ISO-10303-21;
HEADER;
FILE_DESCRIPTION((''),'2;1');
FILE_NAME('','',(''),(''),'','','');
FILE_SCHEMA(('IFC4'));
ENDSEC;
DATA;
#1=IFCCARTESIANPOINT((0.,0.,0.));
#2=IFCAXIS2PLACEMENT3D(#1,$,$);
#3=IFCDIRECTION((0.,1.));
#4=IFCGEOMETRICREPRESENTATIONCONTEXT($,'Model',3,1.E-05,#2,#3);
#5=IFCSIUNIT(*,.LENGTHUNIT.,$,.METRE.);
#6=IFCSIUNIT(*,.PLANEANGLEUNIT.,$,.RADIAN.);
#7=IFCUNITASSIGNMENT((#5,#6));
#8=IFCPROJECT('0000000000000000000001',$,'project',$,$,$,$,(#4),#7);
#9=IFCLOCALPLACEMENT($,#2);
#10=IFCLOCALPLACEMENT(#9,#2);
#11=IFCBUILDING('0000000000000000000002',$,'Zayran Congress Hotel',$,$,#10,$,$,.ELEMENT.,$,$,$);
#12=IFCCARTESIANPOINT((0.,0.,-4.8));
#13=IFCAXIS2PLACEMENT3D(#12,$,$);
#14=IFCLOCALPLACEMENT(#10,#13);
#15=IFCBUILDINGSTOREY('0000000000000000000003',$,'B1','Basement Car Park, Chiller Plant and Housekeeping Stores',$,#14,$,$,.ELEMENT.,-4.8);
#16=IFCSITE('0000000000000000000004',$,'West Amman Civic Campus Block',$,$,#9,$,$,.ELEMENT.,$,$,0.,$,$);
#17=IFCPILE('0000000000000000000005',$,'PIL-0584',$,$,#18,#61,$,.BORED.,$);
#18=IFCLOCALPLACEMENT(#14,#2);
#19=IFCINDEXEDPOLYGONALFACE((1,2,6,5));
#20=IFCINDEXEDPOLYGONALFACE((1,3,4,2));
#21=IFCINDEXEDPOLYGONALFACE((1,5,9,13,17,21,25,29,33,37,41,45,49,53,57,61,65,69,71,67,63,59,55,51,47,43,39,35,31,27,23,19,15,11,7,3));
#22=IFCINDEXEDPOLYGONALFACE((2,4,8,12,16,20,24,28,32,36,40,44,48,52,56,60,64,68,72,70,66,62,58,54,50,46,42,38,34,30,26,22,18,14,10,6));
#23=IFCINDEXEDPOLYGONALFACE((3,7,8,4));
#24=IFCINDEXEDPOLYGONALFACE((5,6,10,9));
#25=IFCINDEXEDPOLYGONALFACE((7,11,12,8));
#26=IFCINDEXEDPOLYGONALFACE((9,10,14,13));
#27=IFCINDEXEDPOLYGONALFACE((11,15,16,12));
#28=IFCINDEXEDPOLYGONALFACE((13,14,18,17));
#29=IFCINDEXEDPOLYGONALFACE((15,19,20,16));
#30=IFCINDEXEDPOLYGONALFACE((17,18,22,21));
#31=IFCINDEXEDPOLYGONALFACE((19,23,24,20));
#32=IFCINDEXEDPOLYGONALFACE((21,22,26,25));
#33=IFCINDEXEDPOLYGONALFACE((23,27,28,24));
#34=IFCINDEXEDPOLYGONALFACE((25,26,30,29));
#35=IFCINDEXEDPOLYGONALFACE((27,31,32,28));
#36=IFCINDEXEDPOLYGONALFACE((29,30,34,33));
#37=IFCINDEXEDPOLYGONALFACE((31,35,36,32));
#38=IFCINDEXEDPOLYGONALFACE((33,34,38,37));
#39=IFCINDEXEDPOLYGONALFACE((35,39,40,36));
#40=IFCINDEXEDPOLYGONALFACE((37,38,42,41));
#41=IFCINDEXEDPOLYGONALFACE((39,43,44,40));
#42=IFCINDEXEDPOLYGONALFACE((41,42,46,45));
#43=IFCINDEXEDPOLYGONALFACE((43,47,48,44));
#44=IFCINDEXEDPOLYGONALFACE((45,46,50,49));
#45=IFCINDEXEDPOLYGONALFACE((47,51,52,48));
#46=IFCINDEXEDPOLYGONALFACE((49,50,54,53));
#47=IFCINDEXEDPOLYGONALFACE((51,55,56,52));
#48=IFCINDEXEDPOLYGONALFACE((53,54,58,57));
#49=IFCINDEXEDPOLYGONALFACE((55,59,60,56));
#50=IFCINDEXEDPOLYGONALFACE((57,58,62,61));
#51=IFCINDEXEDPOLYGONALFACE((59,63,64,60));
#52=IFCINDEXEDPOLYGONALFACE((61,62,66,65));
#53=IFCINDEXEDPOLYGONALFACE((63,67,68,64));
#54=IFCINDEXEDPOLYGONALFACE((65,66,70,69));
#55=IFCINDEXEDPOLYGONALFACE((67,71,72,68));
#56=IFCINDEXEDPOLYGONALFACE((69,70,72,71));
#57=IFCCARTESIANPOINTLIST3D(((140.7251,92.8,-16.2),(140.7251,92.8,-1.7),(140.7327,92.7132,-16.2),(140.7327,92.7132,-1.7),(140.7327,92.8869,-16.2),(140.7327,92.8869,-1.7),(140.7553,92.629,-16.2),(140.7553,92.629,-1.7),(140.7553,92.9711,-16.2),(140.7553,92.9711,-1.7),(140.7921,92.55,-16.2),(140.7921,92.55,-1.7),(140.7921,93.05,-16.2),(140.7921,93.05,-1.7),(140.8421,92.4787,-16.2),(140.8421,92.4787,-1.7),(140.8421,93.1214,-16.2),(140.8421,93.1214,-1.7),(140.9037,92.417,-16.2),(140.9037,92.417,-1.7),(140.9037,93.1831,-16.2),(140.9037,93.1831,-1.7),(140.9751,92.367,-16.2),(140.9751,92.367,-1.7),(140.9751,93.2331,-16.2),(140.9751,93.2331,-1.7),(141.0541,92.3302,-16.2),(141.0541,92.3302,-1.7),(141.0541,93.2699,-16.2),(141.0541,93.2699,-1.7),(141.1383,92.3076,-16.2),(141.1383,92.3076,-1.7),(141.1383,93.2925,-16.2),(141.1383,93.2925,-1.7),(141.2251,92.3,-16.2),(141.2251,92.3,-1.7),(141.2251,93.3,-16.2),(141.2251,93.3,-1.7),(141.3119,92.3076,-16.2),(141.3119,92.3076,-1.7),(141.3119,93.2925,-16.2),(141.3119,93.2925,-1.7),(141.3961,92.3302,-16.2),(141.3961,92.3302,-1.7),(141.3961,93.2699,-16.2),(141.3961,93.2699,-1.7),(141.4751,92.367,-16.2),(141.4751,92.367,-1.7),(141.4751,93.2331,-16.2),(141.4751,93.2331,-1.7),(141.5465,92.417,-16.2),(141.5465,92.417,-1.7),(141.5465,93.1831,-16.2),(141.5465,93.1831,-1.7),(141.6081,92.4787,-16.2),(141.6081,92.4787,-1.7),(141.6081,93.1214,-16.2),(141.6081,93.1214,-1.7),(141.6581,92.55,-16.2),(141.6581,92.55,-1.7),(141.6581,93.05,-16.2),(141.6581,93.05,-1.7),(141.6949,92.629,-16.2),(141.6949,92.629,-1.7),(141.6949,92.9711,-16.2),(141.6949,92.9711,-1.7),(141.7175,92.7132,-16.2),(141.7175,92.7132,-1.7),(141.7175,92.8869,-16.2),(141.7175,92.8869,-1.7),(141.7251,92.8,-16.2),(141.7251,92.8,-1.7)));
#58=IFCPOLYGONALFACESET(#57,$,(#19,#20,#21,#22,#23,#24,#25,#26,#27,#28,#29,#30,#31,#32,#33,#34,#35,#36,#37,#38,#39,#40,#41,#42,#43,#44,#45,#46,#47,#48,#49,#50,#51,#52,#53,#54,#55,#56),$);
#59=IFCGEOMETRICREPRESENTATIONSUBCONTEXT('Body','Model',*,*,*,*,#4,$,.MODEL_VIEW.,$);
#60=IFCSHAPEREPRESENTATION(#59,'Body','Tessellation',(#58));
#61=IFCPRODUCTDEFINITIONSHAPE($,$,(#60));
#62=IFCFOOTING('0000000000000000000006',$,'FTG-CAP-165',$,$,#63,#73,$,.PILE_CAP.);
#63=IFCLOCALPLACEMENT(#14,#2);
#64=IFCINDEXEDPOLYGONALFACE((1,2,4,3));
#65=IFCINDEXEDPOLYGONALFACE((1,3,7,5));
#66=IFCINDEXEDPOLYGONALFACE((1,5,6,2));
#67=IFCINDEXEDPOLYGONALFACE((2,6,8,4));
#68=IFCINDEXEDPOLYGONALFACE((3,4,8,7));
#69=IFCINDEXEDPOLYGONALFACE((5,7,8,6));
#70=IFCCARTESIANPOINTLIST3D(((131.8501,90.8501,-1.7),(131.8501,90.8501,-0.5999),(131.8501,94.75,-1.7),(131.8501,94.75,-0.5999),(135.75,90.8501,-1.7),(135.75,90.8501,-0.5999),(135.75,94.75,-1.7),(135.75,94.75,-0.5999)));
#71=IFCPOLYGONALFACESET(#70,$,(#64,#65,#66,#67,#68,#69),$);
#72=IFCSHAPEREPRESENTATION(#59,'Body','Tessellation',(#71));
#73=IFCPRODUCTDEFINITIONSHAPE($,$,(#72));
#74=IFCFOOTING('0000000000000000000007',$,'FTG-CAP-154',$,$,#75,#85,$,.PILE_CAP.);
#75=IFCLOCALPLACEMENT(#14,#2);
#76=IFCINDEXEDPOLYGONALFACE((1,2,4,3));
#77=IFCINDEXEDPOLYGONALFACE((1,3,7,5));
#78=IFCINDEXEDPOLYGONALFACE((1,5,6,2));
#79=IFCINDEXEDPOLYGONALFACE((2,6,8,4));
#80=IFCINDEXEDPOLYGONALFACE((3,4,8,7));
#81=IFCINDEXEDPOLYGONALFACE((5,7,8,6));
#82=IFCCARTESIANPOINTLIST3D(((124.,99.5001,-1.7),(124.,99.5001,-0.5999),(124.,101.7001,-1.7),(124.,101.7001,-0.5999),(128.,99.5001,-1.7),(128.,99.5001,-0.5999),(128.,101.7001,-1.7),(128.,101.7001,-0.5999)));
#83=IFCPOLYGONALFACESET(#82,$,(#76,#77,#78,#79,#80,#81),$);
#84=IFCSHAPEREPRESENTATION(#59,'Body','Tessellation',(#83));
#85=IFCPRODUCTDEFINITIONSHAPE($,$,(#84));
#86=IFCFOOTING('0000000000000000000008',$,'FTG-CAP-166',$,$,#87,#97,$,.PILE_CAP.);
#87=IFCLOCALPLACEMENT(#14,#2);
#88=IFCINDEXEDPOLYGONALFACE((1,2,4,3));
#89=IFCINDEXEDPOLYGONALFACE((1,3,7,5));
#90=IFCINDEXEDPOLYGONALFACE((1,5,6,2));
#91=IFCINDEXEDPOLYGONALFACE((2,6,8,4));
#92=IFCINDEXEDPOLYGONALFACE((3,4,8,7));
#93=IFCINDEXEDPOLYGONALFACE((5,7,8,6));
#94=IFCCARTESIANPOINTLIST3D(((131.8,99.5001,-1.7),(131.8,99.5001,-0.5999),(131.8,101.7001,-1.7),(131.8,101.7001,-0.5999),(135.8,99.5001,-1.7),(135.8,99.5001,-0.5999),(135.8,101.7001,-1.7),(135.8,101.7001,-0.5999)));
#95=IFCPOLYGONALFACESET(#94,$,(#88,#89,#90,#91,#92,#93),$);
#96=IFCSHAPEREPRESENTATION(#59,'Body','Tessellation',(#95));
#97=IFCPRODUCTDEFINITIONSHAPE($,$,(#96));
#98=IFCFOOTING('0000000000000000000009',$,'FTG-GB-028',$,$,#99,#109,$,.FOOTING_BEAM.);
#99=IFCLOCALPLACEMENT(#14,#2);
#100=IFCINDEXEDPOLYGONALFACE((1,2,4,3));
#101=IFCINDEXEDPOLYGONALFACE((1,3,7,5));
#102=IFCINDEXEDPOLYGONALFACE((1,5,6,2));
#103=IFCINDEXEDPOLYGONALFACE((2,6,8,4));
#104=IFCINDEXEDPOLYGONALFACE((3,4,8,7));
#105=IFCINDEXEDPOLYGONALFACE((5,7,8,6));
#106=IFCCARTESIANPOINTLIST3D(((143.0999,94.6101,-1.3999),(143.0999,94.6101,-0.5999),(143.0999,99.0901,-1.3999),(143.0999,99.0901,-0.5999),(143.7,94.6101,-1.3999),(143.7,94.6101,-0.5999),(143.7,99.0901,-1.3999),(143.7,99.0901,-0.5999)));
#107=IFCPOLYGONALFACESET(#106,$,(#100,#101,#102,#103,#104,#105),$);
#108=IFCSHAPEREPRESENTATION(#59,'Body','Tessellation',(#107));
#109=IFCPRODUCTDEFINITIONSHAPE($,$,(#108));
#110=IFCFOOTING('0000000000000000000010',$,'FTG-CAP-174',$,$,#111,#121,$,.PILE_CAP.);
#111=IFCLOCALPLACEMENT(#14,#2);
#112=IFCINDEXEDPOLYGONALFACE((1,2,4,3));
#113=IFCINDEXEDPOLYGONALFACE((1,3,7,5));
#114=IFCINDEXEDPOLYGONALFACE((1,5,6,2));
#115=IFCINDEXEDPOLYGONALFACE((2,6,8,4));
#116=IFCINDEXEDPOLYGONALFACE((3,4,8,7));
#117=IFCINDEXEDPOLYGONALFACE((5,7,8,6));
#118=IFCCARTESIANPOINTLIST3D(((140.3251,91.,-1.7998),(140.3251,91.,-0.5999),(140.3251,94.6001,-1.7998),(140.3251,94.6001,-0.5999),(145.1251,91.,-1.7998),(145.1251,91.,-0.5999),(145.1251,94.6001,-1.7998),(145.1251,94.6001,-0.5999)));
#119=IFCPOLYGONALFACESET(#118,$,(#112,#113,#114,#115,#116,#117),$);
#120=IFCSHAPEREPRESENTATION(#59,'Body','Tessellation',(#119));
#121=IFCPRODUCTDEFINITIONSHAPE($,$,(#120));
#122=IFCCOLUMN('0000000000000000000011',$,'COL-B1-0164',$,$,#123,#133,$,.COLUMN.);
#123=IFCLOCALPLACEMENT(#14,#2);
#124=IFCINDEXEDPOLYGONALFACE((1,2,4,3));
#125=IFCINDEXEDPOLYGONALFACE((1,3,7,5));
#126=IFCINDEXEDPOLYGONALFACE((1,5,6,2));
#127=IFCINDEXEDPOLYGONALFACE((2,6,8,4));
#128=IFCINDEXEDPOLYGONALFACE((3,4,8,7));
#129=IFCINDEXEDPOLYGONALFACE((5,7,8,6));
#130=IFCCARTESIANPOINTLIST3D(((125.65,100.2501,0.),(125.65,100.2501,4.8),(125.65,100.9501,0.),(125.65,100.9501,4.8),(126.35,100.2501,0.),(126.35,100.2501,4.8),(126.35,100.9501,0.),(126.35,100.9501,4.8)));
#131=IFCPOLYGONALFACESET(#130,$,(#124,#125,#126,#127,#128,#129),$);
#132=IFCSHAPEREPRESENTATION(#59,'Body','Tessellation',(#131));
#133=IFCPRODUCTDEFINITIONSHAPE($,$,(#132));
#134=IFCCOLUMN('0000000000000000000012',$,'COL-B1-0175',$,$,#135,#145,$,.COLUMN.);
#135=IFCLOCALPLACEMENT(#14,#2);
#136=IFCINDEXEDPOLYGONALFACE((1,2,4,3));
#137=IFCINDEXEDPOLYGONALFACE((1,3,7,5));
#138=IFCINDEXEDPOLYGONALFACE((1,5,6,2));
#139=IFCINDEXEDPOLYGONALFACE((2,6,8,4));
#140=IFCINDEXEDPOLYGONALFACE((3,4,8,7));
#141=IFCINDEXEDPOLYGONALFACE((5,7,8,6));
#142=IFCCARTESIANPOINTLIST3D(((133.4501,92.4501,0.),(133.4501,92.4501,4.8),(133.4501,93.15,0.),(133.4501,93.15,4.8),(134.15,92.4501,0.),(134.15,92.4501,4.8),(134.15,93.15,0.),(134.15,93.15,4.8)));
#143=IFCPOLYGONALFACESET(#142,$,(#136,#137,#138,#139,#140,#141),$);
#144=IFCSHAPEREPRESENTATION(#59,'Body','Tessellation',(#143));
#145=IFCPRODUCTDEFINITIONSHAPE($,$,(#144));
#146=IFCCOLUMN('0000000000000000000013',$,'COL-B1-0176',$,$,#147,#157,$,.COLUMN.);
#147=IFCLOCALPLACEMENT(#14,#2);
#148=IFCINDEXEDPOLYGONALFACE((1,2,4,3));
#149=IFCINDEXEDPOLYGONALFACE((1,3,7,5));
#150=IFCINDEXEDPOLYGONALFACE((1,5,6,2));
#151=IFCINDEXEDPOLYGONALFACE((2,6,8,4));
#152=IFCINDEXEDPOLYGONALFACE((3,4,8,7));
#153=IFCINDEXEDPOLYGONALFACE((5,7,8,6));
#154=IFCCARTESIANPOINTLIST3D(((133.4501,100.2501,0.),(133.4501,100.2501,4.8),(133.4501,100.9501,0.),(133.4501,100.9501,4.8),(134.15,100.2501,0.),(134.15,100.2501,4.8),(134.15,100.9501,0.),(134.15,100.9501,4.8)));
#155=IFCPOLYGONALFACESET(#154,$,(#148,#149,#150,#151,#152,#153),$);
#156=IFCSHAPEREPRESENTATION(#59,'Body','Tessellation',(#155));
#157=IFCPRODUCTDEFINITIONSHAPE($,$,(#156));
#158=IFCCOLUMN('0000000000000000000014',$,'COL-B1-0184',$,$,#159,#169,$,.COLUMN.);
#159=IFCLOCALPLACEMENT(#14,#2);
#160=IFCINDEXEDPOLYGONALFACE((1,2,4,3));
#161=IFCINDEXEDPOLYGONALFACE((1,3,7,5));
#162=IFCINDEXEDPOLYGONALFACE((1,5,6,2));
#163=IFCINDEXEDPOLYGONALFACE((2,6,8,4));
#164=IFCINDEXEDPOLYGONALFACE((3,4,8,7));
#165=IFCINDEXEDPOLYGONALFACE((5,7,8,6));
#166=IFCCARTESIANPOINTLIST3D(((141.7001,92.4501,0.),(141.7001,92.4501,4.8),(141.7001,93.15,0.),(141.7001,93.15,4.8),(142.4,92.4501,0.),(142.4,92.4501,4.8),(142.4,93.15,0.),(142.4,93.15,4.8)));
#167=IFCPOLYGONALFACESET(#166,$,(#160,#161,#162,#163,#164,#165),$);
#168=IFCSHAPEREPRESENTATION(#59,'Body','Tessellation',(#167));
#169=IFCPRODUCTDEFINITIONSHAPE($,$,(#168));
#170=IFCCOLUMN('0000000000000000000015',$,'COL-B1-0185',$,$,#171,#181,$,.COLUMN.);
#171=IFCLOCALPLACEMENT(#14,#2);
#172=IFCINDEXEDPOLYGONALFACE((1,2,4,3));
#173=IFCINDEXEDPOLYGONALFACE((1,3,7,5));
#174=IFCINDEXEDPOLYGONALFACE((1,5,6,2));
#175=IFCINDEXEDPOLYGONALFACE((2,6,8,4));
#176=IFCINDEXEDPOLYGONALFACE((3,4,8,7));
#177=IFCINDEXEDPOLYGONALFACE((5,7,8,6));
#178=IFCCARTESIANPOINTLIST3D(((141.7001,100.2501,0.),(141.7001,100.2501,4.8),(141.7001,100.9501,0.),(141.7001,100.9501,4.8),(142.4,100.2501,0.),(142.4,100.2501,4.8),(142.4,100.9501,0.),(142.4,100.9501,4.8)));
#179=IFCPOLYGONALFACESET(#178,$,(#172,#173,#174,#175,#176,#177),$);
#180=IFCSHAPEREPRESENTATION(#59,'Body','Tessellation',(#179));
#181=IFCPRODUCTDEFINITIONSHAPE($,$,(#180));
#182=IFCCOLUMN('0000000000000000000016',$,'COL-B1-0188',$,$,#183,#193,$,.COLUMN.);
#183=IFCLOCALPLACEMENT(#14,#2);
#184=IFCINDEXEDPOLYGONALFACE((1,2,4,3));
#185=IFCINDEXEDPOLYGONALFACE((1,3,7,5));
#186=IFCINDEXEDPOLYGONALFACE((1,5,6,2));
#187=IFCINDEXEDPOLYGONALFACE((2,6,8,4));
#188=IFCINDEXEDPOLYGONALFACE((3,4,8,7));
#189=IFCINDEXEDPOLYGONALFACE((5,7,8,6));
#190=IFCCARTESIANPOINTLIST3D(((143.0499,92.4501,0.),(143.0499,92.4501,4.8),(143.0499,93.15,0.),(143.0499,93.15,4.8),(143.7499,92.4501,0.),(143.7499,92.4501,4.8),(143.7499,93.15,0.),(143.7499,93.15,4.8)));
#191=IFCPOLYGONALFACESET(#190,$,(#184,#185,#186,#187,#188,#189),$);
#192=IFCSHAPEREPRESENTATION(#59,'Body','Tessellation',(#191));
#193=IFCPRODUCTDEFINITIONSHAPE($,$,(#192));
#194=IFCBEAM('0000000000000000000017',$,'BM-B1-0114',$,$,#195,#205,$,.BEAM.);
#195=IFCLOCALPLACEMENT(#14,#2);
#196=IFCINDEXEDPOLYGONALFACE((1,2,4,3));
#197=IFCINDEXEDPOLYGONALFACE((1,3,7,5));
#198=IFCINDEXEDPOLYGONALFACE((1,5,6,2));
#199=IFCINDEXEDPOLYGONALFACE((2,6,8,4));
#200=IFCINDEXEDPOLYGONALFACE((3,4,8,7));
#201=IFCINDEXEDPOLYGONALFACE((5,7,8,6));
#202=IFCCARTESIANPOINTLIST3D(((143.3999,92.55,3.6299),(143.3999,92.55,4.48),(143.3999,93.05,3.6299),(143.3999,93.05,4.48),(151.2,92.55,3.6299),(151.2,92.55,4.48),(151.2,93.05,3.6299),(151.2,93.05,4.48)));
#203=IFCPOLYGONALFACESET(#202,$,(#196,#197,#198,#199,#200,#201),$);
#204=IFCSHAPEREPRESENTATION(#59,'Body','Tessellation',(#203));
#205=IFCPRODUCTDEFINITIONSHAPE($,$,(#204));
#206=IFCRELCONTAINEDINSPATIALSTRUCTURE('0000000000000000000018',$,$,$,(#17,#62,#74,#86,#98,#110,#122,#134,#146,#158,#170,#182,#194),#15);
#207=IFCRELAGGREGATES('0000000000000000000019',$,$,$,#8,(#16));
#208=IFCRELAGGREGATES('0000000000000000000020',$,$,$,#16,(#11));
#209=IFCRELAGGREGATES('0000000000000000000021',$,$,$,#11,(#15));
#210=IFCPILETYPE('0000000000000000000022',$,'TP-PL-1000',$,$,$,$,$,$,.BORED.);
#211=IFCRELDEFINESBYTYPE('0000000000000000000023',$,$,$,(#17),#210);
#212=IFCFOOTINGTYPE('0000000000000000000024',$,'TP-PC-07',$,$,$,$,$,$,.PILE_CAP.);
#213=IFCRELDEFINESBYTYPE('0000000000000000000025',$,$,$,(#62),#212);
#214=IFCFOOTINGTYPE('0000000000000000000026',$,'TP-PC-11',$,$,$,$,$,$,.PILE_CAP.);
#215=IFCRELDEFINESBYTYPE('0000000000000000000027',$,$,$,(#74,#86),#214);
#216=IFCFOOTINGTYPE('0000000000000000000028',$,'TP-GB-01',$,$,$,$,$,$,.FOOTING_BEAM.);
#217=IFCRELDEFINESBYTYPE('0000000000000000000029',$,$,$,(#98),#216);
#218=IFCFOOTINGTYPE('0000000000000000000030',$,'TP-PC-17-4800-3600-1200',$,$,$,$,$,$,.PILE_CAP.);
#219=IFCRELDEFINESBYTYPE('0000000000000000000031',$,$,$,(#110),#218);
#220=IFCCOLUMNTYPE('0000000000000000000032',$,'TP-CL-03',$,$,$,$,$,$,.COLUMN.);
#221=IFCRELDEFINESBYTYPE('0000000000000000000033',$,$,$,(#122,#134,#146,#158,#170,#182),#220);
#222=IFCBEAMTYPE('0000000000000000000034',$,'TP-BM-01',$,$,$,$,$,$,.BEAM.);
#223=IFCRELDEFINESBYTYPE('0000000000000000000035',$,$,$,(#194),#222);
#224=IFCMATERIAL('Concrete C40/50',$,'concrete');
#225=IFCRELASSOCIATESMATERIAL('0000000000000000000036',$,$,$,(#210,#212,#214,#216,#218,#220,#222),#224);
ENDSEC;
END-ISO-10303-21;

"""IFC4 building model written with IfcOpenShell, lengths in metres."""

from ifc_helpers import new_model, si_unit, direction, frame, origin, origin_2d, place, context, subcontext, project, spatial, rectangle, circle, extrude, material, material_profile, profile_set, type_object, element, save


model = new_model("IFC4")

# Units and contexts
model_context = context("Model", 3, precision=1e-05, world=origin(), true_north=direction((0.0, 1.0)))
body_context = subcontext(model_context, "Body", "Model", "MODEL_VIEW")
ifc_project = project(units=[si_unit("LENGTHUNIT", "METRE"), si_unit("PLANEANGLEUNIT", "RADIAN")], contexts=[model_context])

# Site, building, storey
site_placement = place(None, origin())
site = spatial("IfcSite", under=ifc_project, at=site_placement, Name="West Amman Civic Campus Block", CompositionType="ELEMENT", RefElevation=0.0)
building_placement = place(site_placement, origin())
building = spatial("IfcBuilding", under=site, at=building_placement, Name="Zayran Congress Hotel", CompositionType="ELEMENT")
storey_placement = place(building_placement, frame((0.0, 0.0, -4.8)))
storey = spatial("IfcBuildingStorey", under=building, at=storey_placement, Name="B1", Description="Basement Car Park, Chiller Plant and Housekeeping Stores", CompositionType="ELEMENT", Elevation=-4.8)

# Pile
ifc_material_1 = material(Name="Concrete C40/50", Category="concrete")
ifc_material_profile_1 = material_profile(ifc_material_1, circle(Radius=0.5, at=origin_2d()), Name="PILE D1000")
ifc_profile_set_1 = profile_set([ifc_material_profile_1], Name="Concrete C40/50")
pile_type = type_object("IfcPileType", Name="TP-PL-1000", PredefinedType="BORED", material=ifc_profile_set_1)
pile_placement = place(storey_placement, frame((141.2251, 92.8, -1.7), z_axis=(0.0, 0.0, -1.0), x_axis=(1.0, 0.0, 0.0)))
element("IfcPile", 1, at=pile_placement, inside=storey, type_object=pile_type, Name="PIL-0584", PredefinedType="BORED", context=body_context, shape_type="SweptSolid", body=[
    extrude(circle(Radius=0.5, at=origin_2d()), origin(), (0.0, 0.0, 1.0), 14.5),
])

# Footings
footing_type_1 = type_object("IfcFootingType", Name="TP-PC-07", PredefinedType="PILE_CAP", material=ifc_material_1)
footing_1_placement = place(storey_placement, frame((133.8, 92.8, -1.7), z_axis=(0.0, 0.0, 1.0), x_axis=(1.0, 0.0, 0.0)))
element("IfcFooting", 2, at=footing_1_placement, inside=storey, type_object=footing_type_1, Name="FTG-CAP-165", PredefinedType="PILE_CAP", context=body_context, shape_type="SweptSolid", body=[
    extrude(rectangle(XDim=3.8999, YDim=3.8999, at=origin_2d()), origin(), (0.0, 0.0, 1.0), 1.1001),
])
footing_type_2 = type_object("IfcFootingType", Name="TP-PC-11", PredefinedType="PILE_CAP", material=ifc_material_1)
for number, where, z_axis, x_axis, name in (
    (3, (126.0, 100.6001, -1.7), (0.0, 0.0, 1.0), (1.0, 0.0, 0.0), "FTG-CAP-154"),
    (4, (133.8, 100.6001, -1.7), (0.0, 0.0, 1.0), (1.0, 0.0, 0.0), "FTG-CAP-166"),
):
    element("IfcFooting", number, at=place(storey_placement, frame(where, z_axis=z_axis, x_axis=x_axis)), inside=storey, type_object=footing_type_2, Name=name, PredefinedType="PILE_CAP", context=body_context, shape_type="SweptSolid", body=[
        extrude(rectangle(XDim=4.0, YDim=2.2, at=origin_2d()), origin(), (0.0, 0.0, 1.0), 1.1001),
    ])
footing_type_3 = type_object("IfcFootingType", Name="TP-GB-01", PredefinedType="FOOTING_BEAM", material=ifc_material_1)
footing_2_placement = place(storey_placement, frame((143.3999, 96.8501, -1.3999), z_axis=(0.0, 0.0, 1.0), x_axis=(0.0, 1.0, 0.0)))
element("IfcFooting", 5, at=footing_2_placement, inside=storey, type_object=footing_type_3, Name="FTG-GB-028", PredefinedType="FOOTING_BEAM", context=body_context, shape_type="SweptSolid", body=[
    extrude(rectangle(XDim=4.48, YDim=0.6001, at=origin_2d()), origin(), (0.0, 0.0, 1.0), 0.8),
])
footing_type_4 = type_object("IfcFootingType", Name="TP-PC-17-4800-3600-1200", PredefinedType="PILE_CAP", material=ifc_material_1)
footing_3_placement = place(storey_placement, frame((142.7251, 92.8, -1.7998), z_axis=(0.0, 0.0, 1.0), x_axis=(1.0, 0.0, 0.0)))
element("IfcFooting", 6, at=footing_3_placement, inside=storey, type_object=footing_type_4, Name="FTG-CAP-174", PredefinedType="PILE_CAP", context=body_context, shape_type="SweptSolid", body=[
    extrude(rectangle(XDim=4.8, YDim=3.6001, at=origin_2d()), origin(), (0.0, 0.0, 1.0), 1.2),
])

# Columns
ifc_material_profile_2 = material_profile(ifc_material_1, rectangle(XDim=0.7, YDim=0.7, at=origin_2d()), Name="RC 700x700")
ifc_profile_set_2 = profile_set([ifc_material_profile_2], Name="Concrete C40/50")
column_type = type_object("IfcColumnType", Name="TP-CL-03", PredefinedType="COLUMN", material=ifc_profile_set_2)
for number, where, z_axis, x_axis, name in (
    (7, (126.0, 100.6001, 0.0), (0.0, 0.0, 1.0), (1.0, 0.0, 0.0), "COL-B1-0164"),
    (8, (133.8, 92.8, 0.0), (0.0, 0.0, 1.0), (1.0, 0.0, 0.0), "COL-B1-0175"),
    (9, (133.8, 100.6001, 0.0), (0.0, 0.0, 1.0), (1.0, 0.0, 0.0), "COL-B1-0176"),
    (10, (142.05, 92.8, 0.0), (0.0, 0.0, 1.0), (1.0, 0.0, 0.0), "COL-B1-0184"),
    (11, (142.05, 100.6001, 0.0), (0.0, 0.0, 1.0), (1.0, 0.0, 0.0), "COL-B1-0185"),
    (12, (143.3999, 92.8, 0.0), (0.0, 0.0, 1.0), (1.0, 0.0, 0.0), "COL-B1-0188"),
):
    element("IfcColumn", number, at=place(storey_placement, frame(where, z_axis=z_axis, x_axis=x_axis)), inside=storey, type_object=column_type, Name=name, PredefinedType="COLUMN", context=body_context, shape_type="SweptSolid", body=[
        extrude(rectangle(XDim=0.7, YDim=0.7, at=origin_2d()), origin(), (0.0, 0.0, 1.0), 4.8),
    ])

# Beam
ifc_material_profile_3 = material_profile(ifc_material_1, rectangle(XDim=0.5, YDim=0.8501, at=origin_2d()), Name="RC 500x850")
ifc_profile_set_3 = profile_set([ifc_material_profile_3], Name="Concrete C40/50")
beam_type = type_object("IfcBeamType", Name="TP-BM-01", PredefinedType="BEAM", material=ifc_profile_set_3)
beam_1_placement = place(storey_placement, frame((143.3999, 92.8, 4.0549), z_axis=(1.0, 0.0, 0.0), x_axis=(0.0, 1.0, 0.0)))
element("IfcBeam", 13, at=beam_1_placement, inside=storey, type_object=beam_type, Name="BM-B1-0114", PredefinedType="BEAM", context=body_context, shape_type="SweptSolid", body=[
    extrude(rectangle(XDim=0.5, YDim=0.8501, at=origin_2d()), origin(), (0.0, 0.0, 1.0), 7.8),
])

save(model, "model.ifc")
